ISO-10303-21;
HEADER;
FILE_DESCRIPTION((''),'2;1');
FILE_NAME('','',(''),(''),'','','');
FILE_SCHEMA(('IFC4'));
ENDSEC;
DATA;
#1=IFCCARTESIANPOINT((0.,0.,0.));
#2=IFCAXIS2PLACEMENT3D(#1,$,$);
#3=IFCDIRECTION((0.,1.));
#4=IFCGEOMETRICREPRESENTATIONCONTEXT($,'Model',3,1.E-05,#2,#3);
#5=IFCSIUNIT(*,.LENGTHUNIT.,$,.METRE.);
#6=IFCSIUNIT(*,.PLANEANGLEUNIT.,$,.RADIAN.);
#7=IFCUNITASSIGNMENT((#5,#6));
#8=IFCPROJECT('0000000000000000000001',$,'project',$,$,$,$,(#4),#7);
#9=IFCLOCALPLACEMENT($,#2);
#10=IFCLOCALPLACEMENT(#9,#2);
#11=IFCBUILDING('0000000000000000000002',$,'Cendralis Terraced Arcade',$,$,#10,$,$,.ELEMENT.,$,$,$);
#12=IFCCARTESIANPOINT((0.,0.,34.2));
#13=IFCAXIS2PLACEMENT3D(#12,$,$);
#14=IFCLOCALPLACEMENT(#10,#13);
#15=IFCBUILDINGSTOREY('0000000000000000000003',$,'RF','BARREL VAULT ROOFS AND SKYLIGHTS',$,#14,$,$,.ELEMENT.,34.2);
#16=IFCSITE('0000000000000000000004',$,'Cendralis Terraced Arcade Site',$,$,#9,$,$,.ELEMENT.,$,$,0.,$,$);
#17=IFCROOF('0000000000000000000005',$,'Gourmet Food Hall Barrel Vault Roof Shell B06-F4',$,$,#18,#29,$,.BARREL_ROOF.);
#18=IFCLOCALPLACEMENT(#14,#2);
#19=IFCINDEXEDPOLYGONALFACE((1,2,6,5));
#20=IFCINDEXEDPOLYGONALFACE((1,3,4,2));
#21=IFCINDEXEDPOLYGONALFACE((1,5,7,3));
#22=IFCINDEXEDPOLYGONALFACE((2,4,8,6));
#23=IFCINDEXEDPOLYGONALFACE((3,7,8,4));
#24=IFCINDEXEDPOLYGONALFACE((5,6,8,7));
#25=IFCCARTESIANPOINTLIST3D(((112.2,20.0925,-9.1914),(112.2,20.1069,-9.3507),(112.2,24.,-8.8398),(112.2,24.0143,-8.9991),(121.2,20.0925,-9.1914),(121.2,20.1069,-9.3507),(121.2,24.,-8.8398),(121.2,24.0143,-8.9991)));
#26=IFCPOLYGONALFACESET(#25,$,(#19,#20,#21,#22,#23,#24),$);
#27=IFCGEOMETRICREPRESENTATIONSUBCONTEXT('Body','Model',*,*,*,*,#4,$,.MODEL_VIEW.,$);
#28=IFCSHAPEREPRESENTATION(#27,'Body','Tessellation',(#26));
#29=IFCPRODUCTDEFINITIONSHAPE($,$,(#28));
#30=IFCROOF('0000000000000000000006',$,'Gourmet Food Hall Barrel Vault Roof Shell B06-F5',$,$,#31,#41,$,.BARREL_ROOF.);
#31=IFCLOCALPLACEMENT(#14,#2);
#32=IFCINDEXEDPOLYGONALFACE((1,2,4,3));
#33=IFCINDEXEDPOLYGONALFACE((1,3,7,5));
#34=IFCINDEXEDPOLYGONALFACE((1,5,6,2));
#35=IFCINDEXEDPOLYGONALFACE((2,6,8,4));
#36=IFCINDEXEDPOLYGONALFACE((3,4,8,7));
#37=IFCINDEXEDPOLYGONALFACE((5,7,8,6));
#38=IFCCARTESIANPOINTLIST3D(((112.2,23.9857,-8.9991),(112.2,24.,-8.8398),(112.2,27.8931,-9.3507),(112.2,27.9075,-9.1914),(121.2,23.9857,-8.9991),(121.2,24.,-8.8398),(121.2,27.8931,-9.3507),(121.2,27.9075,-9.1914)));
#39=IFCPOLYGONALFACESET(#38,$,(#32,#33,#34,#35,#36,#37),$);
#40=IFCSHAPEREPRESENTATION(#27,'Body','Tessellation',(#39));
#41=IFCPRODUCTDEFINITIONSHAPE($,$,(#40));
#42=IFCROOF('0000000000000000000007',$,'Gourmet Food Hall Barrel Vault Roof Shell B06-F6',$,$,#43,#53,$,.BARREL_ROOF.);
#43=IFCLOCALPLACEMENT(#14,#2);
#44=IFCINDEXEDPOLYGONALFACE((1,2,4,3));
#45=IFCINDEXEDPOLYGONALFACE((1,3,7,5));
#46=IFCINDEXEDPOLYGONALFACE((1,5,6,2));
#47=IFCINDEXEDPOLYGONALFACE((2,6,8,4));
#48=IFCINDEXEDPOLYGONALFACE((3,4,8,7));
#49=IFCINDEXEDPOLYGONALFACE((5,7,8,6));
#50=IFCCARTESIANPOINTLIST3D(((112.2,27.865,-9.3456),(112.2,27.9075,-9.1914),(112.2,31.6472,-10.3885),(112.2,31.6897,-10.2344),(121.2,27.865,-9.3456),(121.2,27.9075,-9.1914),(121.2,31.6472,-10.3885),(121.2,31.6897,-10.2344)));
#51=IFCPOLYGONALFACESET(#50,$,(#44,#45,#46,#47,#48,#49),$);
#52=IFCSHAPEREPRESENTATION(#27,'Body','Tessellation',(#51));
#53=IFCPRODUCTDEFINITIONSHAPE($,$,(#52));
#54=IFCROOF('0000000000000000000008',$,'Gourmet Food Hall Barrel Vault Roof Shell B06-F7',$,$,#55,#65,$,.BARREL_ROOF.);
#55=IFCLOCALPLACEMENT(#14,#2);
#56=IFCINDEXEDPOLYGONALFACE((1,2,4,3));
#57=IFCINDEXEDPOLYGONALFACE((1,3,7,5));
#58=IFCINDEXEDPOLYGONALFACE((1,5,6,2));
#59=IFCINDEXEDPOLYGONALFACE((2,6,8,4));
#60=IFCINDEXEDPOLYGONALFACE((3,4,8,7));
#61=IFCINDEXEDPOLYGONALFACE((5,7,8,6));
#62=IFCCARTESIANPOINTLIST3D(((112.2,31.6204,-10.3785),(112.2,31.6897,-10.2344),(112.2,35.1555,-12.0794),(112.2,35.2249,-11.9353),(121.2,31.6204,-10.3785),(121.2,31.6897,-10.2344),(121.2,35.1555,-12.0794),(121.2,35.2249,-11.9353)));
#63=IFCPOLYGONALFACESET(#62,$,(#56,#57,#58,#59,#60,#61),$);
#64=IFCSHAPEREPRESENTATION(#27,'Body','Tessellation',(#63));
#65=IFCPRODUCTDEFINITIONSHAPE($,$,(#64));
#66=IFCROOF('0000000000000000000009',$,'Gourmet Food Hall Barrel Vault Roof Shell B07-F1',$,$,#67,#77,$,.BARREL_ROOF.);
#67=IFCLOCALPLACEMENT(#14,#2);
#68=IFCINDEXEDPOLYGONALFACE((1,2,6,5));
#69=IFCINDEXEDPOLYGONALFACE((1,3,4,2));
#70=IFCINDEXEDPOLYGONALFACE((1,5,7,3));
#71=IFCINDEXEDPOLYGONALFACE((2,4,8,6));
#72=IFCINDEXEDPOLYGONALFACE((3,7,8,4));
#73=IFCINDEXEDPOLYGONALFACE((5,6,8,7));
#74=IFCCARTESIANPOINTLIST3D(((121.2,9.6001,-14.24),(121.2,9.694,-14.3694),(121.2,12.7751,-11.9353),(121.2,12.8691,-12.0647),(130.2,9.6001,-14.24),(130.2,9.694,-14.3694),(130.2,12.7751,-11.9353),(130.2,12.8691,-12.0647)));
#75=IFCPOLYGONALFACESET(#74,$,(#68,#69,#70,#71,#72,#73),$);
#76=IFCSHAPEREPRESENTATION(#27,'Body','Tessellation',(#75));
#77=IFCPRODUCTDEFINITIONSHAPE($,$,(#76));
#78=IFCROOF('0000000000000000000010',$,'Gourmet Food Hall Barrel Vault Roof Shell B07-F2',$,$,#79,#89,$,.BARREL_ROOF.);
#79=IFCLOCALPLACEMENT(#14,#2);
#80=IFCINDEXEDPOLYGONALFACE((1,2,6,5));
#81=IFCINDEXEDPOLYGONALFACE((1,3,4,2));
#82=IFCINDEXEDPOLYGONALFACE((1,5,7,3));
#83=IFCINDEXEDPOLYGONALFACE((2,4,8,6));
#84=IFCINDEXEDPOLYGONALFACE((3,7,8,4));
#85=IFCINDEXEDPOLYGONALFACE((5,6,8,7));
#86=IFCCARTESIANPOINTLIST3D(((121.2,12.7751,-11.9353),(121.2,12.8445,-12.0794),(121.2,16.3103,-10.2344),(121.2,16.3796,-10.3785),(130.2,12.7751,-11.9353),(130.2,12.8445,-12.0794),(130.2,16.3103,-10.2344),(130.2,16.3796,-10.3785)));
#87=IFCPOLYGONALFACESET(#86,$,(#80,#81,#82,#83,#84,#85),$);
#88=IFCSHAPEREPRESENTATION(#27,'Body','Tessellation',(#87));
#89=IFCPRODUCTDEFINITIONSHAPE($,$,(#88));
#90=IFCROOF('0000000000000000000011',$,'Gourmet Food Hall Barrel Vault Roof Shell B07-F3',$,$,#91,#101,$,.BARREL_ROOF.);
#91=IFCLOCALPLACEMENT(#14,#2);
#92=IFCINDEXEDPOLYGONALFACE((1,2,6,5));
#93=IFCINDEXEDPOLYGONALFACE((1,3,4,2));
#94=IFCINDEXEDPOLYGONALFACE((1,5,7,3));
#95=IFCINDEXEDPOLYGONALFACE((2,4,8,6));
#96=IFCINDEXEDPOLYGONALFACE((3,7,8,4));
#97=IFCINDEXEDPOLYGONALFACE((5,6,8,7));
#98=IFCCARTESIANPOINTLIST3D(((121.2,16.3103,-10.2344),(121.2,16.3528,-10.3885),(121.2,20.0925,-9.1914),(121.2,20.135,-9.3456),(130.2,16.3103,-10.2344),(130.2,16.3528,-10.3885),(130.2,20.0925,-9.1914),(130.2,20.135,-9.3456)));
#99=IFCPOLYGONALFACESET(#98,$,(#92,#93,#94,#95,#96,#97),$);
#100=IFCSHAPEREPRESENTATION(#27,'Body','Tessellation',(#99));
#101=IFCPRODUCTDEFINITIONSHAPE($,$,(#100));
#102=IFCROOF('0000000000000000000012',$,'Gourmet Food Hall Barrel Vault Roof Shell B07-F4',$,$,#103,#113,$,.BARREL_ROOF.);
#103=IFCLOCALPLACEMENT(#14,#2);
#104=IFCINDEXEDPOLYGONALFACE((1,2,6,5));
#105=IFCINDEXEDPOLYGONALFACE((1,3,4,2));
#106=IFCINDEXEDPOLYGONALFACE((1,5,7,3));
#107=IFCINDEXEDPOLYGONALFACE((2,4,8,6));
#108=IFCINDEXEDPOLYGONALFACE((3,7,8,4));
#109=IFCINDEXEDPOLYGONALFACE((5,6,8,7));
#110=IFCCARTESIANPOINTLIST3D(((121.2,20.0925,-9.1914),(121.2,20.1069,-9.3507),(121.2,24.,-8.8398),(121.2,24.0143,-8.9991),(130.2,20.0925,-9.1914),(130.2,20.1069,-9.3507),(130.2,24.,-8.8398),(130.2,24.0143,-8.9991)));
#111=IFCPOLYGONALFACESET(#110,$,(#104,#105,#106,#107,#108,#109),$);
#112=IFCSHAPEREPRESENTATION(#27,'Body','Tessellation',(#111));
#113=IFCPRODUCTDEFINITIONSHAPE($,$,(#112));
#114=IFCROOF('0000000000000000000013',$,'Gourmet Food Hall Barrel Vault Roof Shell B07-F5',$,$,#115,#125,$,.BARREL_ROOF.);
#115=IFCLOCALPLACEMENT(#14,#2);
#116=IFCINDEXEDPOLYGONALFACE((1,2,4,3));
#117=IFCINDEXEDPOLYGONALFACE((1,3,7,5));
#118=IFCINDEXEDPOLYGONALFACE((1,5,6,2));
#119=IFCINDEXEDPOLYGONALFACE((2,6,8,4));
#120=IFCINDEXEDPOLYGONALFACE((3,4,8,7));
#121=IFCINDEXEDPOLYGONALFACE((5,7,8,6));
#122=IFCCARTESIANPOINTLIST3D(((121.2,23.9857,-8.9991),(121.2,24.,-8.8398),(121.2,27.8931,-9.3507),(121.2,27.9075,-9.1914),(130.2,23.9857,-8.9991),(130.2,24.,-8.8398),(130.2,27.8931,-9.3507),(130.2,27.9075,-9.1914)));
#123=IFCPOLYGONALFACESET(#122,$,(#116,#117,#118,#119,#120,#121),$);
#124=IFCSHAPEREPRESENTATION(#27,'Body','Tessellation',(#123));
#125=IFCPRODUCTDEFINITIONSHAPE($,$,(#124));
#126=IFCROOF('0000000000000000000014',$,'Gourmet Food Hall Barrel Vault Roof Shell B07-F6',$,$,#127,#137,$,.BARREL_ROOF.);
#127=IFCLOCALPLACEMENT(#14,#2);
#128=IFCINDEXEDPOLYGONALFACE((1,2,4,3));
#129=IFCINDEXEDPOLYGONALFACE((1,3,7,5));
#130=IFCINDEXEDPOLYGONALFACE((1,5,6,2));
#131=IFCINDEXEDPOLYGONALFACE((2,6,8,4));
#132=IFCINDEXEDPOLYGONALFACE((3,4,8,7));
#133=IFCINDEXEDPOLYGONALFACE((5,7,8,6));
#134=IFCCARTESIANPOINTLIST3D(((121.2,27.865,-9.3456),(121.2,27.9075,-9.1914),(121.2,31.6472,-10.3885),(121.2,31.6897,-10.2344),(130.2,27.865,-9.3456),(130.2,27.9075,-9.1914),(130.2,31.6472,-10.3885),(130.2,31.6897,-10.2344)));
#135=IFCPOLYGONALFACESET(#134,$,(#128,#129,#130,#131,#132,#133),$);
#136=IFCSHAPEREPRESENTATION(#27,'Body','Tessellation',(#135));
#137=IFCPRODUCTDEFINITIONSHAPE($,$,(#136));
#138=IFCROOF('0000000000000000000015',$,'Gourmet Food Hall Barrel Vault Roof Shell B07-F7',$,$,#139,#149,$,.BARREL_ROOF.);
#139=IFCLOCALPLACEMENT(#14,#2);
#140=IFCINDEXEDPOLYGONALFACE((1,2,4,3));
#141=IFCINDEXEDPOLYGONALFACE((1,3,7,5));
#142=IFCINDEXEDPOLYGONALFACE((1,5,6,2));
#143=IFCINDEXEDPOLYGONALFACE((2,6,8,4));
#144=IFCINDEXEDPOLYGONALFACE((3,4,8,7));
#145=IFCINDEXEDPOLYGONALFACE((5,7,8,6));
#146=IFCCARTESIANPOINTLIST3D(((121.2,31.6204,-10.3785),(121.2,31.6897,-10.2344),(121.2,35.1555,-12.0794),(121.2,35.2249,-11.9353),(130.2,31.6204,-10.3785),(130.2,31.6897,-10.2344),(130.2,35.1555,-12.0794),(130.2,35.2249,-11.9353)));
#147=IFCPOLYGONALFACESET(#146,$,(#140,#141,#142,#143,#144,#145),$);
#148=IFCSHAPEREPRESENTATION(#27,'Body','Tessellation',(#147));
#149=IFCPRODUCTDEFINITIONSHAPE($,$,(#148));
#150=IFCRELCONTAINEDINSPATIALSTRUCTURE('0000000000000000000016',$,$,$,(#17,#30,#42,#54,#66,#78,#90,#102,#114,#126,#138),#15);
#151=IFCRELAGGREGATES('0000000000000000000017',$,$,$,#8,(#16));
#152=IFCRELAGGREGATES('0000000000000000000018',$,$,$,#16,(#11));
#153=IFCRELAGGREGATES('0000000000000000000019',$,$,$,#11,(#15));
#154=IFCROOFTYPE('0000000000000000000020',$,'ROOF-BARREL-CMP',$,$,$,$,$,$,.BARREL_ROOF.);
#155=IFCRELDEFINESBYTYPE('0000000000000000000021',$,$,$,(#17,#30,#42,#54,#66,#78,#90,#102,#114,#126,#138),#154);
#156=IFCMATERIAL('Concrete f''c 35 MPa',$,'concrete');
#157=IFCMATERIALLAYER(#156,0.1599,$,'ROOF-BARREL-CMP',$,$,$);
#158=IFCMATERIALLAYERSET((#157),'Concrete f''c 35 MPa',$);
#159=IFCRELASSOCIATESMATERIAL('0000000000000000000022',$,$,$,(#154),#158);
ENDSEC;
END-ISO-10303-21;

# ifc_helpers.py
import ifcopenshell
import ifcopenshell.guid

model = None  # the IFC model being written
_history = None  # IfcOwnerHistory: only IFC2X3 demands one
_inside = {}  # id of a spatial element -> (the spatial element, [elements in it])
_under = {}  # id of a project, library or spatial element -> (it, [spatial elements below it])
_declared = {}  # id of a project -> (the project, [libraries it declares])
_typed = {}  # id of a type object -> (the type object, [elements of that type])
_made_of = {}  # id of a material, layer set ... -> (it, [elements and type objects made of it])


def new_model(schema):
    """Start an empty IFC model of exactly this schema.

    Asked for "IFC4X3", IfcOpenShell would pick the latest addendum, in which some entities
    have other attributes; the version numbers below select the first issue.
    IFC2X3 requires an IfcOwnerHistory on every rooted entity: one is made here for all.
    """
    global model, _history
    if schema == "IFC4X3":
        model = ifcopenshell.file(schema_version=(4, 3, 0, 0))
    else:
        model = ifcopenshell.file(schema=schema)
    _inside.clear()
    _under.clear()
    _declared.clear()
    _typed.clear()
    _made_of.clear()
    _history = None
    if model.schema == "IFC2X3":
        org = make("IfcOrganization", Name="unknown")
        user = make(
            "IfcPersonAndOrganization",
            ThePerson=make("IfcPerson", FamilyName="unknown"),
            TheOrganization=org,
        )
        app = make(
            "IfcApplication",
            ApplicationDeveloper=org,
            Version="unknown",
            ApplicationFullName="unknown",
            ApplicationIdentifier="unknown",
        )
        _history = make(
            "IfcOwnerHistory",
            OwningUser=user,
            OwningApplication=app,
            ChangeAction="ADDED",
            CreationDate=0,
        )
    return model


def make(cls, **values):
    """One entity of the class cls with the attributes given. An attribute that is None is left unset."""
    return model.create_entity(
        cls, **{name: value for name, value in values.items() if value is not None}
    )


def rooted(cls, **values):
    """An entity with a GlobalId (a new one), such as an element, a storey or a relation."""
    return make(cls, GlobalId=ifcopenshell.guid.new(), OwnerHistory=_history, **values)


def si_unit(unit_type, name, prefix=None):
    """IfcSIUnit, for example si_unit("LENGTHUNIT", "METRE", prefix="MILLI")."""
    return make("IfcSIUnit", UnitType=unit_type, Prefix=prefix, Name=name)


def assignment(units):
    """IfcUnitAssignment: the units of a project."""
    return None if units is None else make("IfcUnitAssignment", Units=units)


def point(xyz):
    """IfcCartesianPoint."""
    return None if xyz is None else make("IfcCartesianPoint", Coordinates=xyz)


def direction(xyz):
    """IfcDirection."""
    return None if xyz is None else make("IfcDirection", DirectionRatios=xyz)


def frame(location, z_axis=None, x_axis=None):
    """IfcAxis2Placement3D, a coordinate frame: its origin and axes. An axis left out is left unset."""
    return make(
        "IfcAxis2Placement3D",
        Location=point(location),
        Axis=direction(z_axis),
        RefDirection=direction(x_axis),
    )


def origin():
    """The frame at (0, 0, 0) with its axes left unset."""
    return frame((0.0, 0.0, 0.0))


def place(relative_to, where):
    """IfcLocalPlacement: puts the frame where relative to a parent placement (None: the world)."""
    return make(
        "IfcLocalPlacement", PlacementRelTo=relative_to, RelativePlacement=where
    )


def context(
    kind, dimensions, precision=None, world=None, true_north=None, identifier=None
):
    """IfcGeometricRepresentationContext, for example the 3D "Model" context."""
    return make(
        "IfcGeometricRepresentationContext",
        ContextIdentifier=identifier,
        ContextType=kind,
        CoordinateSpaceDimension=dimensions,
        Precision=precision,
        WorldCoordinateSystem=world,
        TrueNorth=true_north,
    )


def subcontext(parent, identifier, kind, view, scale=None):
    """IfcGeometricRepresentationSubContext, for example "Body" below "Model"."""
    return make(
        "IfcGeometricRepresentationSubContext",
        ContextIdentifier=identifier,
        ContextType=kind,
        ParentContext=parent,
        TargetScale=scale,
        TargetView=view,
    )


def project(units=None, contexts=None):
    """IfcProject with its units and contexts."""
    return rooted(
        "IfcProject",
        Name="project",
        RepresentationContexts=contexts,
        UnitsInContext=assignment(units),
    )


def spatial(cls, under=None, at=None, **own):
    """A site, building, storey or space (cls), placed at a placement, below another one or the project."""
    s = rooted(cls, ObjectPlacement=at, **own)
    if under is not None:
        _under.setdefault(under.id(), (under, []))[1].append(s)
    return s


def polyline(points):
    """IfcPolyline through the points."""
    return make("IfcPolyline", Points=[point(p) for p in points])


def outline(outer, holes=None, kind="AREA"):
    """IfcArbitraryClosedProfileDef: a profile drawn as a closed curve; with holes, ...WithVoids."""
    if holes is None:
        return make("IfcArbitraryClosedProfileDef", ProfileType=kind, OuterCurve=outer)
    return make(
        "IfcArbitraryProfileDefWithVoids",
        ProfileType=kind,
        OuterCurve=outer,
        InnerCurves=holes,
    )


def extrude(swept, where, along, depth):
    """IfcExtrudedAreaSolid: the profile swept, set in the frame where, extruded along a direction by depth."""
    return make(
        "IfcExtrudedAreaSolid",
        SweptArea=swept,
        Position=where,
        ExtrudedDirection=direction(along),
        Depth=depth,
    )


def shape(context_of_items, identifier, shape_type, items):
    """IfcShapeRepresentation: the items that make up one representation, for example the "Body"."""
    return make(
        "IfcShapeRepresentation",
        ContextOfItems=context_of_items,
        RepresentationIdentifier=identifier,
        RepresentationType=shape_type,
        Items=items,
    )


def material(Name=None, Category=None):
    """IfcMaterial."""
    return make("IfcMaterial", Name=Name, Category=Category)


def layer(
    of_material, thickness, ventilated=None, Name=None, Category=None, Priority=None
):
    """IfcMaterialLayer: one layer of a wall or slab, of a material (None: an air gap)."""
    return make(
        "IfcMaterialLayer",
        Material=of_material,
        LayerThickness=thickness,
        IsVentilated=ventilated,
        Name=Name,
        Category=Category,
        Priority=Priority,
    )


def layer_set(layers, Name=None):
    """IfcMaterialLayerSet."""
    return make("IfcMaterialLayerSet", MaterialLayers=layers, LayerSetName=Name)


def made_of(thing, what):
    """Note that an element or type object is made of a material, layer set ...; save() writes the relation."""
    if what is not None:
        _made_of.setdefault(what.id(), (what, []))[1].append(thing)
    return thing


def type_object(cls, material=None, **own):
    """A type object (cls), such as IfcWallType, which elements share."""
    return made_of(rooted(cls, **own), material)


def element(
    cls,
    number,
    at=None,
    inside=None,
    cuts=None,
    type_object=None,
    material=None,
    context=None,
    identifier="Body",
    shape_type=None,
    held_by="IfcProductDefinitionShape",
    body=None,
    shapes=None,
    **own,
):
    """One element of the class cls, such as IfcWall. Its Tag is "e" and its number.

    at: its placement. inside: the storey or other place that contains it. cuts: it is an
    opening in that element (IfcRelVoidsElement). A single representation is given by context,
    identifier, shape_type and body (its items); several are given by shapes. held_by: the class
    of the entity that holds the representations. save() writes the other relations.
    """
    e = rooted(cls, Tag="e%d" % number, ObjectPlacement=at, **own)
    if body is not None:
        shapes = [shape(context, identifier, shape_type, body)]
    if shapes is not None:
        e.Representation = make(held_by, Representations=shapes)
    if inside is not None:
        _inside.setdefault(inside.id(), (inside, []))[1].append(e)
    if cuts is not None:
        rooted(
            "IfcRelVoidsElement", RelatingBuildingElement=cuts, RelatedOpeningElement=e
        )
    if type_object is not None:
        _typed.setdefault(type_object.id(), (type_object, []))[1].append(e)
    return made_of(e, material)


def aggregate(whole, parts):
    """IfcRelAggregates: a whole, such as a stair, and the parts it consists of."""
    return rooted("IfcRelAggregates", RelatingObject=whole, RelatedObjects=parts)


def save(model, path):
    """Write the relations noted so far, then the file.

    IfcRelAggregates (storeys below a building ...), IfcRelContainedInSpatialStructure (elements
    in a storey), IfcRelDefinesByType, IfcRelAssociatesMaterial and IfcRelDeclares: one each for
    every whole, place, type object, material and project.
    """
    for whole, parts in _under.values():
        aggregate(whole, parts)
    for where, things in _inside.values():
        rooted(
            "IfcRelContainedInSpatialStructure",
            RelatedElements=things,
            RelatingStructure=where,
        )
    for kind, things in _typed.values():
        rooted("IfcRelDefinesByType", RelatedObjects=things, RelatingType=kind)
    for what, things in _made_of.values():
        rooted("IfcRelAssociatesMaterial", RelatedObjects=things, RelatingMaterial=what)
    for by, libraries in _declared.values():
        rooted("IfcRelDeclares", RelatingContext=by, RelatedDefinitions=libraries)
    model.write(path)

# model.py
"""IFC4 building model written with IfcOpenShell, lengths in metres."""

from ifc_helpers import new_model, si_unit, direction, frame, origin, place, context, subcontext, project, spatial, polyline, outline, extrude, material, layer, layer_set, type_object, element, save


model = new_model("IFC4")

# Units and contexts
model_context = context("Model", 3, precision=1e-05, world=origin(), true_north=direction((0.0, 1.0)))
body_context = subcontext(model_context, "Body", "Model", "MODEL_VIEW")
ifc_project = project(units=[si_unit("LENGTHUNIT", "METRE"), si_unit("PLANEANGLEUNIT", "RADIAN")], contexts=[model_context])

# Site, building, storey
site_placement = place(None, origin())
site = spatial("IfcSite", under=ifc_project, at=site_placement, Name="Cendralis Terraced Arcade Site", CompositionType="ELEMENT", RefElevation=0.0)
building_placement = place(site_placement, origin())
building = spatial("IfcBuilding", under=site, at=building_placement, Name="Cendralis Terraced Arcade", CompositionType="ELEMENT")
storey_placement = place(building_placement, frame((0.0, 0.0, 34.2)))
storey = spatial("IfcBuildingStorey", under=building, at=storey_placement, Name="RF", Description="BARREL VAULT ROOFS AND SKYLIGHTS", CompositionType="ELEMENT", Elevation=34.2)

# Roofs
ifc_material_1 = material(Name="Concrete f'c 35 MPa", Category="concrete")
ifc_layer = layer(ifc_material_1, 0.1599, Name="ROOF-BARREL-CMP")
ifc_layer_set = layer_set([ifc_layer], Name="Concrete f'c 35 MPa")
roof_type = type_object("IfcRoofType", Name="ROOF-BARREL-CMP", PredefinedType="BARREL_ROOF", material=ifc_layer_set)
for number, where, z_axis, x_axis, name in (
    (1, (112.2, 20.0925, -9.1914), (0.0, -0.08961, 0.995977), (1.0, 0.0, 0.0), "Gourmet Food Hall Barrel Vault Roof Shell B06-F4"),
    (2, (112.2, 24.0, -8.8398), (0.0, 0.08961, 0.995977), (1.0, 0.0, 0.0), "Gourmet Food Hall Barrel Vault Roof Shell B06-F5"),
):
    element("IfcRoof", number, at=place(storey_placement, frame(where, z_axis=z_axis, x_axis=x_axis)), inside=storey, type_object=roof_type, Name=name, PredefinedType="BARREL_ROOF", context=body_context, shape_type="SweptSolid", body=[
        extrude(outline(polyline([(0.0, 0.0), (9.0, 0.0), (9.0, 3.9233), (0.0, 3.9233), (0.0, 0.0)])), origin(), (0.0, 0.0, -1.0), 0.1599),
    ])
roof_1_placement = place(storey_placement, frame((112.2, 27.9075, -9.1914), z_axis=(0.0, 0.265833, 0.964019), x_axis=(1.0, 0.0, 0.0)))
element("IfcRoof", 3, at=roof_1_placement, inside=storey, type_object=roof_type, Name="Gourmet Food Hall Barrel Vault Roof Shell B06-F6", PredefinedType="BARREL_ROOF", context=body_context, shape_type="SweptSolid", body=[
    extrude(outline(polyline([(0.0, 0.0), (9.0, 0.0), (9.0, 3.9234), (0.0, 3.9234), (0.0, 0.0)])), origin(), (0.0, 0.0, -1.0), 0.1599),
])
roof_2_placement = place(storey_placement, frame((112.2, 31.6897, -10.2344), z_axis=(0.0, 0.43357, 0.90112), x_axis=(1.0, 0.0, 0.0)))
element("IfcRoof", 4, at=roof_2_placement, inside=storey, type_object=roof_type, Name="Gourmet Food Hall Barrel Vault Roof Shell B06-F7", PredefinedType="BARREL_ROOF", context=body_context, shape_type="SweptSolid", body=[
    extrude(outline(polyline([(0.0, 0.0), (9.0, 0.0), (9.0, 3.9231), (0.0, 3.9231), (0.0, 0.0)])), origin(), (0.0, 0.0, -1.0), 0.1599),
])
roof_3_placement = place(storey_placement, frame((121.2, 9.6001, -14.24), z_axis=(0.0, -0.587431, 0.809274), x_axis=(1.0, 0.0, 0.0)))
element("IfcRoof", 5, at=roof_3_placement, inside=storey, type_object=roof_type, Name="Gourmet Food Hall Barrel Vault Roof Shell B07-F1", PredefinedType="BARREL_ROOF", context=body_context, shape_type="SweptSolid", body=[
    extrude(outline(polyline([(0.0, 0.0), (9.0, 0.0), (9.0, 3.9233), (0.0, 3.9233), (0.0, 0.0)])), origin(), (0.0, 0.0, -1.0), 0.1599),
])
roof_4_placement = place(storey_placement, frame((121.2, 12.7751, -11.9353), z_axis=(0.0, -0.43357, 0.90112), x_axis=(1.0, 0.0, 0.0)))
element("IfcRoof", 6, at=roof_4_placement, inside=storey, type_object=roof_type, Name="Gourmet Food Hall Barrel Vault Roof Shell B07-F2", PredefinedType="BARREL_ROOF", context=body_context, shape_type="SweptSolid", body=[
    extrude(outline(polyline([(0.0, 0.0), (9.0, 0.0), (9.0, 3.9231), (0.0, 3.9231), (0.0, 0.0)])), origin(), (0.0, 0.0, -1.0), 0.1599),
])
roof_5_placement = place(storey_placement, frame((121.2, 16.3103, -10.2344), z_axis=(0.0, -0.265833, 0.964019), x_axis=(1.0, 0.0, 0.0)))
element("IfcRoof", 7, at=roof_5_placement, inside=storey, type_object=roof_type, Name="Gourmet Food Hall Barrel Vault Roof Shell B07-F3", PredefinedType="BARREL_ROOF", context=body_context, shape_type="SweptSolid", body=[
    extrude(outline(polyline([(0.0, 0.0), (9.0, 0.0), (9.0, 3.9234), (0.0, 3.9234), (0.0, 0.0)])), origin(), (0.0, 0.0, -1.0), 0.1599),
])
for number, where, z_axis, x_axis, name in (
    (8, (121.2, 20.0925, -9.1914), (0.0, -0.08961, 0.995977), (1.0, 0.0, 0.0), "Gourmet Food Hall Barrel Vault Roof Shell B07-F4"),
    (9, (121.2, 24.0, -8.8398), (0.0, 0.08961, 0.995977), (1.0, 0.0, 0.0), "Gourmet Food Hall Barrel Vault Roof Shell B07-F5"),
):
    element("IfcRoof", number, at=place(storey_placement, frame(where, z_axis=z_axis, x_axis=x_axis)), inside=storey, type_object=roof_type, Name=name, PredefinedType="BARREL_ROOF", context=body_context, shape_type="SweptSolid", body=[
        extrude(outline(polyline([(0.0, 0.0), (9.0, 0.0), (9.0, 3.9233), (0.0, 3.9233), (0.0, 0.0)])), origin(), (0.0, 0.0, -1.0), 0.1599),
    ])
roof_6_placement = place(storey_placement, frame((121.2, 27.9075, -9.1914), z_axis=(0.0, 0.265833, 0.964019), x_axis=(1.0, 0.0, 0.0)))
element("IfcRoof", 10, at=roof_6_placement, inside=storey, type_object=roof_type, Name="Gourmet Food Hall Barrel Vault Roof Shell B07-F6", PredefinedType="BARREL_ROOF", context=body_context, shape_type="SweptSolid", body=[
    extrude(outline(polyline([(0.0, 0.0), (9.0, 0.0), (9.0, 3.9234), (0.0, 3.9234), (0.0, 0.0)])), origin(), (0.0, 0.0, -1.0), 0.1599),
])
roof_7_placement = place(storey_placement, frame((121.2, 31.6897, -10.2344), z_axis=(0.0, 0.43357, 0.90112), x_axis=(1.0, 0.0, 0.0)))
element("IfcRoof", 11, at=roof_7_placement, inside=storey, type_object=roof_type, Name="Gourmet Food Hall Barrel Vault Roof Shell B07-F7", PredefinedType="BARREL_ROOF", context=body_context, shape_type="SweptSolid", body=[
    extrude(outline(polyline([(0.0, 0.0), (9.0, 0.0), (9.0, 3.9231), (0.0, 3.9231), (0.0, 0.0)])), origin(), (0.0, 0.0, -1.0), 0.1599),
])

save(model, "model.ifc")
